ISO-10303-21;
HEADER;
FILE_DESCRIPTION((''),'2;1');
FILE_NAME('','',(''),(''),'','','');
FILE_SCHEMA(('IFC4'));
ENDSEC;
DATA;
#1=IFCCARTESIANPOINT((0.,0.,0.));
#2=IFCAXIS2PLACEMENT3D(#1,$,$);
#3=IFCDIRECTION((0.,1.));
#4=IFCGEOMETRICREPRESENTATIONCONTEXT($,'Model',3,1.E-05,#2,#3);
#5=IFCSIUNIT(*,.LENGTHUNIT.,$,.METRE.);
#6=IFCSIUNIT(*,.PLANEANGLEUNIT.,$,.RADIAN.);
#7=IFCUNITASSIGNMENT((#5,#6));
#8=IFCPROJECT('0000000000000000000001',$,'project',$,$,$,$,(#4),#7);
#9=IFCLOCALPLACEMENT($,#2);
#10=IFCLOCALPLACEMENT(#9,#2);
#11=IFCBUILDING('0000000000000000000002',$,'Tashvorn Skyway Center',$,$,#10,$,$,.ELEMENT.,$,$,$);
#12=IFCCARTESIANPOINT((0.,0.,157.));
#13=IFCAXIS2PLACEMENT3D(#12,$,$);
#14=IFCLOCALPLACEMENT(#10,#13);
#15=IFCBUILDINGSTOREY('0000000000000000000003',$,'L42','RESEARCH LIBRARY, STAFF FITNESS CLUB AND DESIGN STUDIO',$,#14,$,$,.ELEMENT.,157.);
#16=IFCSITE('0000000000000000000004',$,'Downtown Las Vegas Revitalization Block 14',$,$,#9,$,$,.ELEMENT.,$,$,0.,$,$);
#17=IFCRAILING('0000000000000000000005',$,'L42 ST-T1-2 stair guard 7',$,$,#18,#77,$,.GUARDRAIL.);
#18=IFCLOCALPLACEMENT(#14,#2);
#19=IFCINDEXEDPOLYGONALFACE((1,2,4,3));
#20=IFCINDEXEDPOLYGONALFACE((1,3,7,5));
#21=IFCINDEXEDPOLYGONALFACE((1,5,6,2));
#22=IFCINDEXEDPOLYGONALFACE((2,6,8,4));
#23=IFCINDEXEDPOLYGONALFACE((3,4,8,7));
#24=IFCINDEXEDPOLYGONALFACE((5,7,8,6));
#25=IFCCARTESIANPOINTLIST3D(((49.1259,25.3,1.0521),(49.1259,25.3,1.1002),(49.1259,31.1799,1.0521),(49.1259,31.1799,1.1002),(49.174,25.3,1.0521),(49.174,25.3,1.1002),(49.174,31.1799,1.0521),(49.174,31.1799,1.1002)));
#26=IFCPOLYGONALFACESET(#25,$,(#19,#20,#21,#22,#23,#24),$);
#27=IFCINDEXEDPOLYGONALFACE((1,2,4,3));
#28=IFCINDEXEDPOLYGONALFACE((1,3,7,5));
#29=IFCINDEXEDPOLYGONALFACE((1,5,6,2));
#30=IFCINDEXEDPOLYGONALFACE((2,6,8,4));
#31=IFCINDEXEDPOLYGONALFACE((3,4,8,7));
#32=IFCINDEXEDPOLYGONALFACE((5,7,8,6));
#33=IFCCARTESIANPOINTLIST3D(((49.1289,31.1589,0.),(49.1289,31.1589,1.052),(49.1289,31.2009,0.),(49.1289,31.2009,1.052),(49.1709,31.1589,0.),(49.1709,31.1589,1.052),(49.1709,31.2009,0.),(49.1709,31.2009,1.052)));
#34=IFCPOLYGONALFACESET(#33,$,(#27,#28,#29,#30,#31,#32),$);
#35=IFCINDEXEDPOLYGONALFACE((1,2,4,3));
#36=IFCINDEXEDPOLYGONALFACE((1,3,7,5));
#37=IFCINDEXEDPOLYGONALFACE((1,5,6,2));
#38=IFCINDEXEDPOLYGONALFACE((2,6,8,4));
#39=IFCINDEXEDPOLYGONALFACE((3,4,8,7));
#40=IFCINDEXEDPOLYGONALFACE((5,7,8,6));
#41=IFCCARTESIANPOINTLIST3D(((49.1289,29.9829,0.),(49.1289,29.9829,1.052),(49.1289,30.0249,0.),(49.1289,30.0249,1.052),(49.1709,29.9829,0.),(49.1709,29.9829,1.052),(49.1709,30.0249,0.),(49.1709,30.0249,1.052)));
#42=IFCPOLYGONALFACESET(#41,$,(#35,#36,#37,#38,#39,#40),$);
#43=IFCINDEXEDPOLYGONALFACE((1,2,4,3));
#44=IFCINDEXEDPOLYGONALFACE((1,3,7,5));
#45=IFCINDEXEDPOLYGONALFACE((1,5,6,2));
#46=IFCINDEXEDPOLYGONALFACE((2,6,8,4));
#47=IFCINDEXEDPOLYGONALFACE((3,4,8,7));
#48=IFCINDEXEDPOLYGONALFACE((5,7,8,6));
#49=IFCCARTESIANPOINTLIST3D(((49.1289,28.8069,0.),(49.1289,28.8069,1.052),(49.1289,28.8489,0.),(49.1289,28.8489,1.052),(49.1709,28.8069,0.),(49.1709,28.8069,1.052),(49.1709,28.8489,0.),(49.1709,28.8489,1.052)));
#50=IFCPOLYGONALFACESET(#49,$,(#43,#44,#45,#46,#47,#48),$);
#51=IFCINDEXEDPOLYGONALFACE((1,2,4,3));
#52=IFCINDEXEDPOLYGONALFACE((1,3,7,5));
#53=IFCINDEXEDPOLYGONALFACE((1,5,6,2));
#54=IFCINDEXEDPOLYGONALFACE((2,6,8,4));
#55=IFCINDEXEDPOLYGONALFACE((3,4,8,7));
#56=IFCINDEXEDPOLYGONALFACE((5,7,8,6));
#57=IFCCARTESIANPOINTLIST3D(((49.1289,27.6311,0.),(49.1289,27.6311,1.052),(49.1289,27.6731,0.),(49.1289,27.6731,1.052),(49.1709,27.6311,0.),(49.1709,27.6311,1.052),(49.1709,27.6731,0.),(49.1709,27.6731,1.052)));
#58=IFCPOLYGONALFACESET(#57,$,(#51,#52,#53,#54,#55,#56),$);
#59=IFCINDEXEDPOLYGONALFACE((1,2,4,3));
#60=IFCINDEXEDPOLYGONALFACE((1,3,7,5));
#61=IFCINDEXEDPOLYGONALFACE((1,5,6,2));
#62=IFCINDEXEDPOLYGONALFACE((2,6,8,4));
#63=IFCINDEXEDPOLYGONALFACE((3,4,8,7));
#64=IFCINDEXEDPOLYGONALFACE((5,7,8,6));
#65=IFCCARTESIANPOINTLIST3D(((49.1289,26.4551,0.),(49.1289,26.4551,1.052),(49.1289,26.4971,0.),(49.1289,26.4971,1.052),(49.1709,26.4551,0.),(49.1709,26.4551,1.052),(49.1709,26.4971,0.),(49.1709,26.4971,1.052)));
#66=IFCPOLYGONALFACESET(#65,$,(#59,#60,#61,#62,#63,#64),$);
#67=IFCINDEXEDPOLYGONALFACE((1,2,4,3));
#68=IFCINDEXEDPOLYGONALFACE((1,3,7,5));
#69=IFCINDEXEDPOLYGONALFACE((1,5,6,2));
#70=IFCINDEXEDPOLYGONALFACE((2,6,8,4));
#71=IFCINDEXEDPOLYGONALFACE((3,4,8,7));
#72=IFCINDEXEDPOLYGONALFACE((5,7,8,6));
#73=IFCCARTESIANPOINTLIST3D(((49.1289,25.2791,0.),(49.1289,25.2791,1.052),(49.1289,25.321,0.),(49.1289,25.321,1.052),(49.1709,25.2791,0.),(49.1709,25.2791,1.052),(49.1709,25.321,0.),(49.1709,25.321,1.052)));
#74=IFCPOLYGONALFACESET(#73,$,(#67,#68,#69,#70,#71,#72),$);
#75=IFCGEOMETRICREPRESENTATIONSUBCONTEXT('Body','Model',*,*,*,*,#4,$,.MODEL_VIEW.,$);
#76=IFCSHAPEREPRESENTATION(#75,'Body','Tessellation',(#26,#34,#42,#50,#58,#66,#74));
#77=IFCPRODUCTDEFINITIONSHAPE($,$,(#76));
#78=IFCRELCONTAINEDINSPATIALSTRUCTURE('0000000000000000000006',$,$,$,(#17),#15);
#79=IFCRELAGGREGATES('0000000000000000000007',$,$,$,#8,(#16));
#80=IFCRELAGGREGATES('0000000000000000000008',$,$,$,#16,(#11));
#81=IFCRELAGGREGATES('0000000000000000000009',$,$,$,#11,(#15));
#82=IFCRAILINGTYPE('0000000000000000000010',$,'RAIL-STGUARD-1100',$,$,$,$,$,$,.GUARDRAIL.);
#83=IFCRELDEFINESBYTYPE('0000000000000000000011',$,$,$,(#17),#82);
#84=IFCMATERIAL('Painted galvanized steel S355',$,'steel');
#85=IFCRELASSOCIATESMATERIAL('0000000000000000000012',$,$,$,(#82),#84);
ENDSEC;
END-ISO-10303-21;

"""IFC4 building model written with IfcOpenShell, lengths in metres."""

from ifc_helpers import new_model, si_unit, direction, frame, origin, origin_2d, place, context, subcontext, project, spatial, rectangle, extrude, material, type_object, element, save


model = new_model("IFC4")

# Units and contexts
model_context = context("Model", 3, precision=1e-05, world=origin(), true_north=direction((0.0, 1.0)))
body_context = subcontext(model_context, "Body", "Model", "MODEL_VIEW")
ifc_project = project(units=[si_unit("LENGTHUNIT", "METRE"), si_unit("PLANEANGLEUNIT", "RADIAN")], contexts=[model_context])

# Site, building, storey
site_placement = place(None, origin())
site = spatial("IfcSite", under=ifc_project, at=site_placement, Name="Downtown Las Vegas Revitalization Block 14", CompositionType="ELEMENT", RefElevation=0.0)
building_placement = place(site_placement, origin())
building = spatial("IfcBuilding", under=site, at=building_placement, Name="Tashvorn Skyway Center", CompositionType="ELEMENT")
storey_placement = place(building_placement, frame((0.0, 0.0, 157.0)))
storey = spatial("IfcBuildingStorey", under=building, at=storey_placement, Name="L42", Description="RESEARCH LIBRARY, STAFF FITNESS CLUB AND DESIGN STUDIO", CompositionType="ELEMENT", Elevation=157.0)

# Railing
ifc_material_1 = material(Name="Painted galvanized steel S355", Category="steel")
railing_type_1 = type_object("IfcRailingType", Name="RAIL-STGUARD-1100", PredefinedType="GUARDRAIL", material=ifc_material_1)
railing_1_placement = place(storey_placement, frame((49.1499, 31.1799, 0.0)))
element("IfcRailing", 1, at=railing_1_placement, inside=storey, type_object=railing_type_1, Name="L42 ST-T1-2 stair guard 7", PredefinedType="GUARDRAIL", context=body_context, shape_type="SweptSolid", body=[
    extrude(rectangle(XDim=0.0481, YDim=0.0481, at=origin_2d()), frame((0.0, 0.0, 1.0762), z_axis=(0.0, -1.0, 0.0), x_axis=(1.0, 0.0, 0.0)), (0.0, 0.0, 1.0), 5.8799),
    extrude(rectangle(XDim=0.042, YDim=0.042, at=origin_2d()), origin(), (0.0, 0.0, 1.0), 1.052),
    extrude(rectangle(XDim=0.042, YDim=0.042, at=origin_2d()), frame((0.0, -1.176, 0.0)), (0.0, 0.0, 1.0), 1.052),
    extrude(rectangle(XDim=0.042, YDim=0.042, at=origin_2d()), frame((0.0, -2.3521, 0.0)), (0.0, 0.0, 1.0), 1.052),
    extrude(rectangle(XDim=0.042, YDim=0.042, at=origin_2d()), frame((0.0, -3.5278, 0.0)), (0.0, 0.0, 1.0), 1.052),
    extrude(rectangle(XDim=0.042, YDim=0.042, at=origin_2d()), frame((0.0, -4.7039, 0.0)), (0.0, 0.0, 1.0), 1.052),
    extrude(rectangle(XDim=0.042, YDim=0.042, at=origin_2d()), frame((0.0, -5.8799, 0.0)), (0.0, 0.0, 1.0), 1.052),
])

save(model, "model.ifc")
